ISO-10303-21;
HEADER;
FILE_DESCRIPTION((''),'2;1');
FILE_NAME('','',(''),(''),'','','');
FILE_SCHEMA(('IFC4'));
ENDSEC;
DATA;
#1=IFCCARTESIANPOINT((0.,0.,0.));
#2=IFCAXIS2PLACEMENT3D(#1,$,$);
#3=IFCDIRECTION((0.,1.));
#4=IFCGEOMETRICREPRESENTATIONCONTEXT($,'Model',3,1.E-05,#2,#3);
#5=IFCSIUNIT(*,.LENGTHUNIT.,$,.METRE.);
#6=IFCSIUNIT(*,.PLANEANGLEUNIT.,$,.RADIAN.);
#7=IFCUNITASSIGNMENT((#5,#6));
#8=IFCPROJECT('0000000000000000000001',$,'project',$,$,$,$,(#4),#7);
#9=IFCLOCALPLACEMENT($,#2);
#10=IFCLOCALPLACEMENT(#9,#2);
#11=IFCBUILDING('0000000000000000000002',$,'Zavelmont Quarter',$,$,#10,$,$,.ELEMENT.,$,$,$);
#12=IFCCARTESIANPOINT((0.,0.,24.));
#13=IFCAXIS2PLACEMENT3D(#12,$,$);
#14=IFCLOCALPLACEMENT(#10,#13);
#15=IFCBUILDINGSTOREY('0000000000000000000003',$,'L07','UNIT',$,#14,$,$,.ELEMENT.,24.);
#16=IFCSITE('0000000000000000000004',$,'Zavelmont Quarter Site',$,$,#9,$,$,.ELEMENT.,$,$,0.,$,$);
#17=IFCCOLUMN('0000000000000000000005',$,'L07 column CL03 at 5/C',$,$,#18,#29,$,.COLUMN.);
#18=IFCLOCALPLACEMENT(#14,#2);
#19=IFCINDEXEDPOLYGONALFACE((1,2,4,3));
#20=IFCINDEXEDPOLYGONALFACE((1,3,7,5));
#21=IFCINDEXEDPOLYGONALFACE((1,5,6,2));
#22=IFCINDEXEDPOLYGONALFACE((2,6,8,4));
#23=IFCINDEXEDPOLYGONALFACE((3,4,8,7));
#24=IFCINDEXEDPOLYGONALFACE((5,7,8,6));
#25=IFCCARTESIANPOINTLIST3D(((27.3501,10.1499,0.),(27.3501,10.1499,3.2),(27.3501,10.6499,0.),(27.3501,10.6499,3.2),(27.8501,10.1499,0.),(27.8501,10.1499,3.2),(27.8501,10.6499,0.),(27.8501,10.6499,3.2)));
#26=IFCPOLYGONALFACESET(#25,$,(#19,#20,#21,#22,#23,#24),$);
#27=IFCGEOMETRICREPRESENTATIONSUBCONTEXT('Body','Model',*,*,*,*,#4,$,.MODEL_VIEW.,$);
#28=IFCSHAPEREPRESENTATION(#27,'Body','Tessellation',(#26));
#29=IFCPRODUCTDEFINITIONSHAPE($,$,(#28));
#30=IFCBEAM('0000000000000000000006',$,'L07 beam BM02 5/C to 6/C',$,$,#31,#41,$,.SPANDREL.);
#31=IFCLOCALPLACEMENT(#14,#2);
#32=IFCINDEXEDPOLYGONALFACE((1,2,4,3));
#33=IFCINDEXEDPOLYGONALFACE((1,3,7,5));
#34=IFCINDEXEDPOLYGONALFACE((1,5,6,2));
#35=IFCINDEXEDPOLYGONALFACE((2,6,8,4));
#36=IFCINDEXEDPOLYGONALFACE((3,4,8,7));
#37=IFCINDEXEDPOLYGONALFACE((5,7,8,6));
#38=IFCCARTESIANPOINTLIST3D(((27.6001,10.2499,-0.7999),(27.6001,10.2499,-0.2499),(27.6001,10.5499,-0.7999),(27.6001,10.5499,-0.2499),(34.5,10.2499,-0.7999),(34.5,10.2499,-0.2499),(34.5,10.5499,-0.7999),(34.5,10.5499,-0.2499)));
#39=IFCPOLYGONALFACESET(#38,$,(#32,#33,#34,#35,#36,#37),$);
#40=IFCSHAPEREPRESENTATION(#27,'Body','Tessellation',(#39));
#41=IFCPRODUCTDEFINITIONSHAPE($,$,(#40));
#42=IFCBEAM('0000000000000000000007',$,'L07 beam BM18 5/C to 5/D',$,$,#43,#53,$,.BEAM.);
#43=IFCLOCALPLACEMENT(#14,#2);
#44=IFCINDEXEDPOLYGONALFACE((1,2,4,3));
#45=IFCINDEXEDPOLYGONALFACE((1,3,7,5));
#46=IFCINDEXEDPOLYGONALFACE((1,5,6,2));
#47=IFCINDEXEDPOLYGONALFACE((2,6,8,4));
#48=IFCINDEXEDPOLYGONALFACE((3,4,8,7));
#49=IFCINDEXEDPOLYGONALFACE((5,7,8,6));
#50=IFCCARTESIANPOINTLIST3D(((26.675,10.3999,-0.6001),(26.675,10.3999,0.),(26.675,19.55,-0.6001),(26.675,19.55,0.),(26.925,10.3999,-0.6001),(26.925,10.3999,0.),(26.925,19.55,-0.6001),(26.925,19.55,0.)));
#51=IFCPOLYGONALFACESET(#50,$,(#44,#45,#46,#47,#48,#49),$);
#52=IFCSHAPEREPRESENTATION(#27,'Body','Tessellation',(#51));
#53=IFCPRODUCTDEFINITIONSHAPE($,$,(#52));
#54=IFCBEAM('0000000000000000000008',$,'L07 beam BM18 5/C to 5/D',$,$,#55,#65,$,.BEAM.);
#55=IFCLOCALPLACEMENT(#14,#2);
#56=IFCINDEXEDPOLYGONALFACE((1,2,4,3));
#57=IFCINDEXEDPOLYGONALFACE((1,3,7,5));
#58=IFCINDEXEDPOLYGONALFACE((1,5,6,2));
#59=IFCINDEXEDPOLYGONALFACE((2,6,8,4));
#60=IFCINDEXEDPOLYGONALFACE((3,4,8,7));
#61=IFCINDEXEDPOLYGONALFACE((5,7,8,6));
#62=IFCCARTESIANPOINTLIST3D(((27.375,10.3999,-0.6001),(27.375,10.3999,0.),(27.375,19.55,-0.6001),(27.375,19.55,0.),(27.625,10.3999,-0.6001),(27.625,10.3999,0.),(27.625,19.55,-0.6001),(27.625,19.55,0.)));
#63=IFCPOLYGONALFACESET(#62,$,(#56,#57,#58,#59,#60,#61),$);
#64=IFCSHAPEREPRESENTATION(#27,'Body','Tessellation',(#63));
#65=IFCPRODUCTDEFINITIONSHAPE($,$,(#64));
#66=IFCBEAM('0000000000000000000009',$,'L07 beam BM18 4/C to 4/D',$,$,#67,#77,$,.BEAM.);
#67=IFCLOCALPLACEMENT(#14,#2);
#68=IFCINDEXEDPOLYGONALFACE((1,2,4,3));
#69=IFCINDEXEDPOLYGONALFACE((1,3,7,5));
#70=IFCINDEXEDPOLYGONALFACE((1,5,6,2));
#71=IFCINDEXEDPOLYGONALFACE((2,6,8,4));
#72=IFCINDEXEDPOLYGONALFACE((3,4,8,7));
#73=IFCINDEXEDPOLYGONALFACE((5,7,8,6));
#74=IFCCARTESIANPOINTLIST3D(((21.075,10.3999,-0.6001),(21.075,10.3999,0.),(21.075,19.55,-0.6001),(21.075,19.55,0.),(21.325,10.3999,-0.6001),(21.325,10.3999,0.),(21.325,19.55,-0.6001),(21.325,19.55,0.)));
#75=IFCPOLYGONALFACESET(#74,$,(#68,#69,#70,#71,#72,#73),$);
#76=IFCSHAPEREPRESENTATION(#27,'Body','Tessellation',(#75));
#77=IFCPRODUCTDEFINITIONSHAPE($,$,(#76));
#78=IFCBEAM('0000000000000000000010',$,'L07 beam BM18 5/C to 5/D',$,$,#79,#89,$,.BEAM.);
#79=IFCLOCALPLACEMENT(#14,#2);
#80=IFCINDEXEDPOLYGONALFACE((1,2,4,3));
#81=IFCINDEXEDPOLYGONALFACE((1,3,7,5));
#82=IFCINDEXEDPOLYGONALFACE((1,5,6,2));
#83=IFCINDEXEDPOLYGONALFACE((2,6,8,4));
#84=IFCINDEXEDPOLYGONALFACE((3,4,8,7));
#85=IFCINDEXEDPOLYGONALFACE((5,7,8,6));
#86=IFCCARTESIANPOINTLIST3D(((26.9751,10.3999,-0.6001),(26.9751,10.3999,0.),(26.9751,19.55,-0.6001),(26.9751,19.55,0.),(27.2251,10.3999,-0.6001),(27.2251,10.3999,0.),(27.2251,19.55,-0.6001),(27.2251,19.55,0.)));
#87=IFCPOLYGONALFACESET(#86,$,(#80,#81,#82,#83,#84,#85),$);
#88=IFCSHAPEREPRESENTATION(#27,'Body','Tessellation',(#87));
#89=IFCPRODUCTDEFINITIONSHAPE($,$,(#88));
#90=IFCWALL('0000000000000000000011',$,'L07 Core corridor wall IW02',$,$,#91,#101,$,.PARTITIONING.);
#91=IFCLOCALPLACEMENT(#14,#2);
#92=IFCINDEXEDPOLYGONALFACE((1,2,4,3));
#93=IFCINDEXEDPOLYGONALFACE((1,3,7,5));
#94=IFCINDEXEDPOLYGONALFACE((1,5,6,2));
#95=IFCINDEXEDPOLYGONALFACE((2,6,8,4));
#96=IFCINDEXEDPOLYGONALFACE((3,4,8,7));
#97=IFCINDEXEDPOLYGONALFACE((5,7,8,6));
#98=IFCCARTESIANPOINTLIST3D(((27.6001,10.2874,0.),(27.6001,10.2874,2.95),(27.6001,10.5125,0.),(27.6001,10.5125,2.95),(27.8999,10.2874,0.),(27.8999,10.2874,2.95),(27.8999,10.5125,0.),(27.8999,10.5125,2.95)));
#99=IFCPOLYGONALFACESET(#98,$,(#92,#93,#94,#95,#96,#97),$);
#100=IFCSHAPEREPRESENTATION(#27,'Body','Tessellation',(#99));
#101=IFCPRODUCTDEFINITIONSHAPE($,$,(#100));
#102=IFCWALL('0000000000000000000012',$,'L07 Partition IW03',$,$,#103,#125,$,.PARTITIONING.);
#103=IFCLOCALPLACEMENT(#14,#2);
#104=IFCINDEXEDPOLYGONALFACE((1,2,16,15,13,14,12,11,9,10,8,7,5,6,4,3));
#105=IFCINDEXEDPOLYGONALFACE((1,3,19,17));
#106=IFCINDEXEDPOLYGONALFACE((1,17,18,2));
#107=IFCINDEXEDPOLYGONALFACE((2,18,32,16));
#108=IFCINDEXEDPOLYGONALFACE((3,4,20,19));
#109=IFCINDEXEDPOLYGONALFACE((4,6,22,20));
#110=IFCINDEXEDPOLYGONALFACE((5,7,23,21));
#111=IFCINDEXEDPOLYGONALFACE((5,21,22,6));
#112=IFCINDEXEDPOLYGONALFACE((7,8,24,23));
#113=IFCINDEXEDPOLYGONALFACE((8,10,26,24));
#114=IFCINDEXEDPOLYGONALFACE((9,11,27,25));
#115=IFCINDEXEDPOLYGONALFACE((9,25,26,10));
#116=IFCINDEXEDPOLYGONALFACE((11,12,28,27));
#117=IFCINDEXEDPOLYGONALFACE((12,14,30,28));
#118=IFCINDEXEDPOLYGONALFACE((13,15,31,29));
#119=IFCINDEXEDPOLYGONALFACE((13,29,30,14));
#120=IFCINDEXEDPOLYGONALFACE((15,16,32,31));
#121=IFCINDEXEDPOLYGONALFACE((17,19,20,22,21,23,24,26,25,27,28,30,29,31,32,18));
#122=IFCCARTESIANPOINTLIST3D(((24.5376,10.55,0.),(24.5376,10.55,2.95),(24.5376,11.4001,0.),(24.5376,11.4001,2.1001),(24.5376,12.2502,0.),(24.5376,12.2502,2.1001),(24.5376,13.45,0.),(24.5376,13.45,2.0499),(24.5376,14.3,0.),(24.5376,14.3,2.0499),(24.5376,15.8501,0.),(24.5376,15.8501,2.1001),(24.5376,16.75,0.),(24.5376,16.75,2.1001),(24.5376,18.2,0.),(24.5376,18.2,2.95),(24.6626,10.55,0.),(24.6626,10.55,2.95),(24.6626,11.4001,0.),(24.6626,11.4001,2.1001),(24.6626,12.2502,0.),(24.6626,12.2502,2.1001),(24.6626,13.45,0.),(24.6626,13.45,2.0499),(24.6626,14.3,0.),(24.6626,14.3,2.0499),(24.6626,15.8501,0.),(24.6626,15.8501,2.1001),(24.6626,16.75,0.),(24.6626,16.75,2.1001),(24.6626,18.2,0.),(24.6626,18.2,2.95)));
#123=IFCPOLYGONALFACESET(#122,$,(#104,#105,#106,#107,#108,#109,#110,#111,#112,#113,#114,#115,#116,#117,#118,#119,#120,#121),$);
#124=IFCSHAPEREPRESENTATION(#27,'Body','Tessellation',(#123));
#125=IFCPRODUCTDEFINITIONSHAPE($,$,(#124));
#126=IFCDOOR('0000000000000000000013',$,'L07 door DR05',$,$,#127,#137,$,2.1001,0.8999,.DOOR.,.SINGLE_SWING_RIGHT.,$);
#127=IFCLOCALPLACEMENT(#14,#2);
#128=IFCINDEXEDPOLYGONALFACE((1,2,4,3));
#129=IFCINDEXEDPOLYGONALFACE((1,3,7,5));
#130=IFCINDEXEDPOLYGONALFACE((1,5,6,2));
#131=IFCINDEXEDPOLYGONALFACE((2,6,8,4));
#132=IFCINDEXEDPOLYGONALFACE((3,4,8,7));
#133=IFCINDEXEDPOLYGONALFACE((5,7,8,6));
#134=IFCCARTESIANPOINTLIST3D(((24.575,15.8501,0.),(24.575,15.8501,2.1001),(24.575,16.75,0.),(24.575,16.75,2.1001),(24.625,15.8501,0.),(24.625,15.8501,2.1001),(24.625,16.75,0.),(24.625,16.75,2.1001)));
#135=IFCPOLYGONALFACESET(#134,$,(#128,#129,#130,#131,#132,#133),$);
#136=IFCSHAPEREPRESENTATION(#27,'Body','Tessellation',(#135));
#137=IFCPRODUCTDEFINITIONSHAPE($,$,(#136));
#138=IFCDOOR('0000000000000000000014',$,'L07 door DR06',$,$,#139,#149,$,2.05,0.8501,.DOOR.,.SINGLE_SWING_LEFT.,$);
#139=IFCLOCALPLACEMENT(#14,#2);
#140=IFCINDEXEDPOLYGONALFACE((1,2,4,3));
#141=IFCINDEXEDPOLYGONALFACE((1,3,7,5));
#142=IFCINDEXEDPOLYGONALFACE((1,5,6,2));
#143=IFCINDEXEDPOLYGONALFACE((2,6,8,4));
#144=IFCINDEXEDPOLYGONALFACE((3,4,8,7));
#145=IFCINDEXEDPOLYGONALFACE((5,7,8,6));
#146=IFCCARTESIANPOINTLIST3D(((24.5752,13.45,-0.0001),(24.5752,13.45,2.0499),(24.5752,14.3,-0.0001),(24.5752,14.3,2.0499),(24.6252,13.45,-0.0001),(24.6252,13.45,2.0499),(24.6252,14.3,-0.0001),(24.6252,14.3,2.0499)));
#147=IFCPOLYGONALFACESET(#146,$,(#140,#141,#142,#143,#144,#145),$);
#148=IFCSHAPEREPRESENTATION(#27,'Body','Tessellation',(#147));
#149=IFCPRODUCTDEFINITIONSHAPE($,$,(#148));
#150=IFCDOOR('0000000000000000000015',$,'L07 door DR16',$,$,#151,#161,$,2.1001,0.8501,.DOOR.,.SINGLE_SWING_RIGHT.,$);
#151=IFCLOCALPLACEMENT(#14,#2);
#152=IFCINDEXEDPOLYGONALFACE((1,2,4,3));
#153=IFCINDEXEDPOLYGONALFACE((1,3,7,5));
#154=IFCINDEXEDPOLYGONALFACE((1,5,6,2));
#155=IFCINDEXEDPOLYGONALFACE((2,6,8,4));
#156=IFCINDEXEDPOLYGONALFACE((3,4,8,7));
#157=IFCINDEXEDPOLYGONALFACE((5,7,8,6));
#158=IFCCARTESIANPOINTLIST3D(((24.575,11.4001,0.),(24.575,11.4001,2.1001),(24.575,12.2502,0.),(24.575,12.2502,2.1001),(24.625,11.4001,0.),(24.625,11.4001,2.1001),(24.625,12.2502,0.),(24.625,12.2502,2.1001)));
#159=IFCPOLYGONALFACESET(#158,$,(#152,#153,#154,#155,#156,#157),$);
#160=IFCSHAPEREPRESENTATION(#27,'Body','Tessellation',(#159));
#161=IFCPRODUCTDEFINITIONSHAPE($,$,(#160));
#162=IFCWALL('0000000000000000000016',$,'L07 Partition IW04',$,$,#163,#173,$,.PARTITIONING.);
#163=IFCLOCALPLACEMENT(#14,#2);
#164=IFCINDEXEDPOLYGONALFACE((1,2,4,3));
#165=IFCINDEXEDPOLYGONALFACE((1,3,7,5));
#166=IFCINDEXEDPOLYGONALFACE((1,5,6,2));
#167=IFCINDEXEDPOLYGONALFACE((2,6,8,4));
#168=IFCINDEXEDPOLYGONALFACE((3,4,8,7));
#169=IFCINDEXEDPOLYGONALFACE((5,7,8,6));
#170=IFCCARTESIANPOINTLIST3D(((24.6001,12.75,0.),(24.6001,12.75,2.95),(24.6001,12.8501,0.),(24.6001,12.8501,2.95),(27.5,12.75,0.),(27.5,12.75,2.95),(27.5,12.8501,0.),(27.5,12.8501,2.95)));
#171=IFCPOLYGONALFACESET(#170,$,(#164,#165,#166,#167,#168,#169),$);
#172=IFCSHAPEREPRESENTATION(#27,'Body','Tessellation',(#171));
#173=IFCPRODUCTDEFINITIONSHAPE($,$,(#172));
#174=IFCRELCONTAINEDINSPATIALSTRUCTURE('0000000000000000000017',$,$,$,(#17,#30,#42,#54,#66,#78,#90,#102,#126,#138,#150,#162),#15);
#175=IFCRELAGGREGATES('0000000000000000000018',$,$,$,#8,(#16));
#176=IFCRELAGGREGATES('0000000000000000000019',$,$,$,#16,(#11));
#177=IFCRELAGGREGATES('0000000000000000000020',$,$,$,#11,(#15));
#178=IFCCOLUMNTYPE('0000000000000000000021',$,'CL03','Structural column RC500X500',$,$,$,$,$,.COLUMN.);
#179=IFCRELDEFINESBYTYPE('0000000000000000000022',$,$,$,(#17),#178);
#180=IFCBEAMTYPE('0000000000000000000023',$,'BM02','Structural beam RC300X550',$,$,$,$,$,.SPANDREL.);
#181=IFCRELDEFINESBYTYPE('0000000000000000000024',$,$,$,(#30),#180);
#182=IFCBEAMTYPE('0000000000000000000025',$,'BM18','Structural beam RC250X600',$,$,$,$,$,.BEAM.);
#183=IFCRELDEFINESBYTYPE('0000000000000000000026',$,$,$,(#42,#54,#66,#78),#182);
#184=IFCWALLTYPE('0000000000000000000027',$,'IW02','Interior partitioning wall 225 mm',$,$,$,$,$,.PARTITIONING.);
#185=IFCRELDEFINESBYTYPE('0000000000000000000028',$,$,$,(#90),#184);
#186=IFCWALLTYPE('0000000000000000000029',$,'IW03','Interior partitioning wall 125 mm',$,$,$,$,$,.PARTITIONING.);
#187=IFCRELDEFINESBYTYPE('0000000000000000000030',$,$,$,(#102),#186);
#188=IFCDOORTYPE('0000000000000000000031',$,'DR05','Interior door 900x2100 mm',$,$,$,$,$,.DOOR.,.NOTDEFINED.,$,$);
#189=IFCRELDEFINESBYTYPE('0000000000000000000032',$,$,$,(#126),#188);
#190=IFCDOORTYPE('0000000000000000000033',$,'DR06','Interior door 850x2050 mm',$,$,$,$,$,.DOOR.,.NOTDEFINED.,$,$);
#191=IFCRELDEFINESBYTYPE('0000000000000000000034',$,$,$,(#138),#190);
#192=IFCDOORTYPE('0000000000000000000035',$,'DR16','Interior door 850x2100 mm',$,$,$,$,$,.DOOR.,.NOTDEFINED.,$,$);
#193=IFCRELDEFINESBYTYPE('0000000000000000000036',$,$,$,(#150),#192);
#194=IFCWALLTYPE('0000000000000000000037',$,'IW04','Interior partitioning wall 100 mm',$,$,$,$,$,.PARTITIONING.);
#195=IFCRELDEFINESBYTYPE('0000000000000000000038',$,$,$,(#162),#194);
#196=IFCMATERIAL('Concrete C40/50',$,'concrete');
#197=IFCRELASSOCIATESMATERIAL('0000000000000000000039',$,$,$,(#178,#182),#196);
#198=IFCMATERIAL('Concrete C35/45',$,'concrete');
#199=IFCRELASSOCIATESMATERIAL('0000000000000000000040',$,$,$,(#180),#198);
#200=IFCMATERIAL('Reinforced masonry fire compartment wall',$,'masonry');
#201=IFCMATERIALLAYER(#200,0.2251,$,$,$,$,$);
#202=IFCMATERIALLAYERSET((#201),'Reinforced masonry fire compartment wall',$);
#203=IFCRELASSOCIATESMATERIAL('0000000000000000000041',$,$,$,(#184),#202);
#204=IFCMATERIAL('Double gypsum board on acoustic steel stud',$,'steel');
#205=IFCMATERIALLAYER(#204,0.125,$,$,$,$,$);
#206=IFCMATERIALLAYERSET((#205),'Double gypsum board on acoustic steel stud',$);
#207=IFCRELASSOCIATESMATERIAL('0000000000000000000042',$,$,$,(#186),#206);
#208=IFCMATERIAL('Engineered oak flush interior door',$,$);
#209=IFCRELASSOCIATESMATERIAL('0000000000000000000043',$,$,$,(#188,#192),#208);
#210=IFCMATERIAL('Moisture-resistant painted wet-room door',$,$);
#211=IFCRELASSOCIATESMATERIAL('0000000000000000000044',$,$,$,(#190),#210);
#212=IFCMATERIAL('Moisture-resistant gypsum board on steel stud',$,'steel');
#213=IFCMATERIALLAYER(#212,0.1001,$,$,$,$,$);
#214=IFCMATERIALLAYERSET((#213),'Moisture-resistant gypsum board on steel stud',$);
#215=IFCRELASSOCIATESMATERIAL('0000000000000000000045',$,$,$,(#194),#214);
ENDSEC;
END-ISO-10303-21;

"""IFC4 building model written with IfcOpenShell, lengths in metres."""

from ifc_helpers import new_model, si_unit, direction, frame, frame_2d, origin, origin_with_axes, origin_2d, place, context, subcontext, project, spatial, rectangle, extrude, material, layer, layer_set, material_profile, profile_set, type_object, element, fill, save


model = new_model("IFC4")

# Units and contexts
model_context = context("Model", 3, precision=1e-05, world=origin(), true_north=direction((0.0, 1.0)))
body_context = subcontext(model_context, "Body", "Model", "MODEL_VIEW")
ifc_project = project(units=[si_unit("LENGTHUNIT", "METRE"), si_unit("PLANEANGLEUNIT", "RADIAN")], contexts=[model_context])

# Site, building, storey
site_placement = place(None, origin())
site = spatial("IfcSite", under=ifc_project, at=site_placement, Name="Zavelmont Quarter Site", CompositionType="ELEMENT", RefElevation=0.0)
building_placement = place(site_placement, origin())
building = spatial("IfcBuilding", under=site, at=building_placement, Name="Zavelmont Quarter", CompositionType="ELEMENT")
storey_placement = place(building_placement, frame((0.0, 0.0, 24.0)))
storey = spatial("IfcBuildingStorey", under=building, at=storey_placement, Name="L07", Description="UNIT", CompositionType="ELEMENT", Elevation=24.0)

# Column
ifc_material_1 = material(Name="Concrete C40/50", Category="concrete")
ifc_material_profile_1 = material_profile(ifc_material_1, rectangle(XDim=0.5, YDim=0.5, at=origin_2d()), Name="RC500X500")
ifc_profile_set_1 = profile_set([ifc_material_profile_1], Name="Concrete C40/50")
column_type = type_object("IfcColumnType", Name="CL03", Description="Structural column RC500X500", PredefinedType="COLUMN", material=ifc_profile_set_1)
column_placement = place(storey_placement, frame((27.6001, 10.3999, 0.0), z_axis=(0.0, 0.0, 1.0), x_axis=(1.0, 0.0, 0.0)))
element("IfcColumn", 1, at=column_placement, inside=storey, type_object=column_type, Name="L07 column CL03 at 5/C", PredefinedType="COLUMN", context=body_context, shape_type="SweptSolid", body=[
    extrude(rectangle(XDim=0.5, YDim=0.5, at=origin_2d()), origin(), (0.0, 0.0, 1.0), 3.2),
])

# Beams
ifc_material_2 = material(Name="Concrete C35/45", Category="concrete")
ifc_material_profile_2 = material_profile(ifc_material_2, rectangle(XDim=0.3, YDim=0.55, at=origin_2d()), Name="RC300X550")
ifc_profile_set_2 = profile_set([ifc_material_profile_2], Name="Concrete C35/45")
beam_type_1 = type_object("IfcBeamType", Name="BM02", Description="Structural beam RC300X550", PredefinedType="SPANDREL", material=ifc_profile_set_2)
beam_placement = place(storey_placement, frame((27.6001, 10.3999, -0.5249), z_axis=(1.0, 0.0, 0.0), x_axis=(0.0, 1.0, 0.0)))
element("IfcBeam", 2, at=beam_placement, inside=storey, type_object=beam_type_1, Name="L07 beam BM02 5/C to 6/C", PredefinedType="SPANDREL", context=body_context, shape_type="SweptSolid", body=[
    extrude(rectangle(XDim=0.3, YDim=0.55, at=origin_2d()), origin(), (0.0, 0.0, 1.0), 6.8999),
])
ifc_material_profile_3 = material_profile(ifc_material_1, rectangle(XDim=0.25, YDim=0.6001, at=origin_2d()), Name="RC250X600")
ifc_profile_set_3 = profile_set([ifc_material_profile_3], Name="Concrete C40/50")
beam_type_2 = type_object("IfcBeamType", Name="BM18", Description="Structural beam RC250X600", PredefinedType="BEAM", material=ifc_profile_set_3)
for number, where, z_axis, x_axis, name in (
    (3, (26.8, 10.3999, -0.3), (0.0, 1.0, 0.0), (-1.0, 0.0, 0.0), "L07 beam BM18 5/C to 5/D"),
    (4, (27.5, 10.3999, -0.3), (0.0, 1.0, 0.0), (-1.0, 0.0, 0.0), "L07 beam BM18 5/C to 5/D"),
    (5, (21.2, 10.3999, -0.3), (0.0, 1.0, 0.0), (-1.0, 0.0, 0.0), "L07 beam BM18 4/C to 4/D"),
    (6, (27.1001, 10.3999, -0.3), (0.0, 1.0, 0.0), (-1.0, 0.0, 0.0), "L07 beam BM18 5/C to 5/D"),
):
    element("IfcBeam", number, at=place(storey_placement, frame(where, z_axis=z_axis, x_axis=x_axis)), inside=storey, type_object=beam_type_2, Name=name, PredefinedType="BEAM", context=body_context, shape_type="SweptSolid", body=[
        extrude(rectangle(XDim=0.25, YDim=0.6001, at=origin_2d()), origin(), (0.0, 0.0, 1.0), 9.1501),
    ])

# Wall
ifc_material_3 = material(Name="Reinforced masonry fire compartment wall", Category="masonry")
ifc_layer_1 = layer(ifc_material_3, 0.2251)
ifc_layer_set_1 = layer_set([ifc_layer_1], Name="Reinforced masonry fire compartment wall")
wall_type_1 = type_object("IfcWallType", Name="IW02", Description="Interior partitioning wall 225 mm", PredefinedType="PARTITIONING", material=ifc_layer_set_1)
wall_1_placement = place(storey_placement, frame((27.6001, 10.3999, 0.0), z_axis=(0.0, 0.0, 1.0), x_axis=(1.0, 0.0, 0.0)))
element("IfcWall", 7, at=wall_1_placement, inside=storey, type_object=wall_type_1, Name="L07 Core corridor wall IW02", PredefinedType="PARTITIONING", context=body_context, shape_type="SweptSolid", body=[
    extrude(rectangle(XDim=0.2998, YDim=0.2251, at=frame_2d((0.1499, 0.0))), origin(), (0.0, 0.0, 1.0), 2.95),
])

# Wall, openings, doors
ifc_material_4 = material(Name="Double gypsum board on acoustic steel stud", Category="steel")
ifc_layer_2 = layer(ifc_material_4, 0.125)
ifc_layer_set_2 = layer_set([ifc_layer_2], Name="Double gypsum board on acoustic steel stud")
wall_type_2 = type_object("IfcWallType", Name="IW03", Description="Interior partitioning wall 125 mm", PredefinedType="PARTITIONING", material=ifc_layer_set_2)
wall_2_placement = place(storey_placement, frame((24.6001, 10.55, 0.0), z_axis=(0.0, 0.0, 1.0), x_axis=(0.0, 1.0, 0.0)))
wall_2 = element("IfcWall", 8, at=wall_2_placement, inside=storey, type_object=wall_type_2, Name="L07 Partition IW03", PredefinedType="PARTITIONING", context=body_context, shape_type="SweptSolid", body=[
    extrude(rectangle(XDim=7.6499, YDim=0.125, at=frame_2d((3.825, 0.0))), origin(), (0.0, 0.0, 1.0), 2.95),
])
opening_1_placement = place(wall_2_placement, frame((0.8501, 0.0, 0.0)))
opening_1 = element("IfcOpeningElement", 9, at=opening_1_placement, cuts=wall_2, PredefinedType="OPENING", context=body_context, shape_type="SweptSolid", body=[
    extrude(rectangle(XDim=0.8501, YDim=2.1001, at=frame_2d((0.425, 1.05))), frame((0.0, 0.0745, 0.0), z_axis=(0.0, -1.0, 0.0), x_axis=(1.0, 0.0, 0.0)), (0.0, 0.0, 1.0), 0.1489),
])
opening_2_placement = place(wall_2_placement, frame((2.8999, 0.0, 0.0)))
opening_2 = element("IfcOpeningElement", 10, at=opening_2_placement, cuts=wall_2, PredefinedType="OPENING", context=body_context, shape_type="SweptSolid", body=[
    extrude(rectangle(XDim=0.8501, YDim=2.05, at=frame_2d((0.425, 1.0249))), frame((0.0, 0.0745, 0.0), z_axis=(0.0, -1.0, 0.0), x_axis=(1.0, 0.0, 0.0)), (0.0, 0.0, 1.0), 0.1489),
])
opening_3_placement = place(wall_2_placement, frame((5.3, 0.0, 0.0)))
opening_3 = element("IfcOpeningElement", 11, at=opening_3_placement, cuts=wall_2, PredefinedType="OPENING", context=body_context, shape_type="SweptSolid", body=[
    extrude(rectangle(XDim=0.8999, YDim=2.1001, at=frame_2d((0.45, 1.05))), frame((0.0, 0.0745, 0.0), z_axis=(0.0, -1.0, 0.0), x_axis=(1.0, 0.0, 0.0)), (0.0, 0.0, 1.0), 0.1489),
])
ifc_material_5 = material(Name="Engineered oak flush interior door")
door_type_1 = type_object("IfcDoorType", Name="DR05", Description="Interior door 900x2100 mm", OperationType="NOTDEFINED", PredefinedType="DOOR", material=ifc_material_5)
door_1_placement = place(opening_3_placement, frame((0.8999, 0.0, 0.0), z_axis=(0.0, 0.0, 1.0), x_axis=(-1.0, 0.0, 0.0)))
door_1 = element("IfcDoor", 12, at=door_1_placement, inside=storey, type_object=door_type_1, Name="L07 door DR05", OperationType="SINGLE_SWING_RIGHT", OverallHeight=2.1001, OverallWidth=0.8999, PredefinedType="DOOR", context=body_context, shape_type="SweptSolid", body=[
    extrude(rectangle(XDim=0.8999, YDim=2.1001, at=frame_2d((0.45, 1.05))), frame((0.0, 0.0249, 0.0), z_axis=(0.0, -1.0, 0.0), x_axis=(1.0, 0.0, 0.0)), (0.0, 0.0, 1.0), 0.05),
])
fill(opening_3, door_1)
ifc_material_6 = material(Name="Moisture-resistant painted wet-room door")
door_type_2 = type_object("IfcDoorType", Name="DR06", Description="Interior door 850x2050 mm", OperationType="NOTDEFINED", PredefinedType="DOOR", material=ifc_material_6)
door_2_placement = place(opening_2_placement, origin_with_axes())
door_2 = element("IfcDoor", 13, at=door_2_placement, inside=storey, type_object=door_type_2, Name="L07 door DR06", OperationType="SINGLE_SWING_LEFT", OverallHeight=2.05, OverallWidth=0.8501, PredefinedType="DOOR", context=body_context, shape_type="SweptSolid", body=[
    extrude(rectangle(XDim=0.8501, YDim=2.05, at=frame_2d((0.425, 1.0249))), frame((0.0, 0.0249, 0.0), z_axis=(0.0, -1.0, 0.0), x_axis=(1.0, 0.0, 0.0)), (0.0, 0.0, 1.0), 0.05),
])
fill(opening_2, door_2)
door_type_3 = type_object("IfcDoorType", Name="DR16", Description="Interior door 850x2100 mm", OperationType="NOTDEFINED", PredefinedType="DOOR", material=ifc_material_5)
door_3_placement = place(opening_1_placement, frame((0.8501, 0.0, 0.0), z_axis=(0.0, 0.0, 1.0), x_axis=(-1.0, 0.0, 0.0)))
door_3 = element("IfcDoor", 14, at=door_3_placement, inside=storey, type_object=door_type_3, Name="L07 door DR16", OperationType="SINGLE_SWING_RIGHT", OverallHeight=2.1001, OverallWidth=0.8501, PredefinedType="DOOR", context=body_context, shape_type="SweptSolid", body=[
    extrude(rectangle(XDim=0.8501, YDim=2.1001, at=frame_2d((0.425, 1.05))), frame((0.0, 0.0249, 0.0), z_axis=(0.0, -1.0, 0.0), x_axis=(1.0, 0.0, 0.0)), (0.0, 0.0, 1.0), 0.05),
])
fill(opening_1, door_3)

# Wall
ifc_material_7 = material(Name="Moisture-resistant gypsum board on steel stud", Category="steel")
ifc_layer_3 = layer(ifc_material_7, 0.1001)
ifc_layer_set_3 = layer_set([ifc_layer_3], Name="Moisture-resistant gypsum board on steel stud")
wall_type_3 = type_object("IfcWallType", Name="IW04", Description="Interior partitioning wall 100 mm", PredefinedType="PARTITIONING", material=ifc_layer_set_3)
wall_3_placement = place(storey_placement, frame((24.6001, 12.8, 0.0), z_axis=(0.0, 0.0, 1.0), x_axis=(1.0, 0.0, 0.0)))
element("IfcWall", 15, at=wall_3_placement, inside=storey, type_object=wall_type_3, Name="L07 Partition IW04", PredefinedType="PARTITIONING", context=body_context, shape_type="SweptSolid", body=[
    extrude(rectangle(XDim=2.8999, YDim=0.1001, at=frame_2d((1.45, 0.0))), origin(), (0.0, 0.0, 1.0), 2.95),
])

save(model, "model.ifc")
